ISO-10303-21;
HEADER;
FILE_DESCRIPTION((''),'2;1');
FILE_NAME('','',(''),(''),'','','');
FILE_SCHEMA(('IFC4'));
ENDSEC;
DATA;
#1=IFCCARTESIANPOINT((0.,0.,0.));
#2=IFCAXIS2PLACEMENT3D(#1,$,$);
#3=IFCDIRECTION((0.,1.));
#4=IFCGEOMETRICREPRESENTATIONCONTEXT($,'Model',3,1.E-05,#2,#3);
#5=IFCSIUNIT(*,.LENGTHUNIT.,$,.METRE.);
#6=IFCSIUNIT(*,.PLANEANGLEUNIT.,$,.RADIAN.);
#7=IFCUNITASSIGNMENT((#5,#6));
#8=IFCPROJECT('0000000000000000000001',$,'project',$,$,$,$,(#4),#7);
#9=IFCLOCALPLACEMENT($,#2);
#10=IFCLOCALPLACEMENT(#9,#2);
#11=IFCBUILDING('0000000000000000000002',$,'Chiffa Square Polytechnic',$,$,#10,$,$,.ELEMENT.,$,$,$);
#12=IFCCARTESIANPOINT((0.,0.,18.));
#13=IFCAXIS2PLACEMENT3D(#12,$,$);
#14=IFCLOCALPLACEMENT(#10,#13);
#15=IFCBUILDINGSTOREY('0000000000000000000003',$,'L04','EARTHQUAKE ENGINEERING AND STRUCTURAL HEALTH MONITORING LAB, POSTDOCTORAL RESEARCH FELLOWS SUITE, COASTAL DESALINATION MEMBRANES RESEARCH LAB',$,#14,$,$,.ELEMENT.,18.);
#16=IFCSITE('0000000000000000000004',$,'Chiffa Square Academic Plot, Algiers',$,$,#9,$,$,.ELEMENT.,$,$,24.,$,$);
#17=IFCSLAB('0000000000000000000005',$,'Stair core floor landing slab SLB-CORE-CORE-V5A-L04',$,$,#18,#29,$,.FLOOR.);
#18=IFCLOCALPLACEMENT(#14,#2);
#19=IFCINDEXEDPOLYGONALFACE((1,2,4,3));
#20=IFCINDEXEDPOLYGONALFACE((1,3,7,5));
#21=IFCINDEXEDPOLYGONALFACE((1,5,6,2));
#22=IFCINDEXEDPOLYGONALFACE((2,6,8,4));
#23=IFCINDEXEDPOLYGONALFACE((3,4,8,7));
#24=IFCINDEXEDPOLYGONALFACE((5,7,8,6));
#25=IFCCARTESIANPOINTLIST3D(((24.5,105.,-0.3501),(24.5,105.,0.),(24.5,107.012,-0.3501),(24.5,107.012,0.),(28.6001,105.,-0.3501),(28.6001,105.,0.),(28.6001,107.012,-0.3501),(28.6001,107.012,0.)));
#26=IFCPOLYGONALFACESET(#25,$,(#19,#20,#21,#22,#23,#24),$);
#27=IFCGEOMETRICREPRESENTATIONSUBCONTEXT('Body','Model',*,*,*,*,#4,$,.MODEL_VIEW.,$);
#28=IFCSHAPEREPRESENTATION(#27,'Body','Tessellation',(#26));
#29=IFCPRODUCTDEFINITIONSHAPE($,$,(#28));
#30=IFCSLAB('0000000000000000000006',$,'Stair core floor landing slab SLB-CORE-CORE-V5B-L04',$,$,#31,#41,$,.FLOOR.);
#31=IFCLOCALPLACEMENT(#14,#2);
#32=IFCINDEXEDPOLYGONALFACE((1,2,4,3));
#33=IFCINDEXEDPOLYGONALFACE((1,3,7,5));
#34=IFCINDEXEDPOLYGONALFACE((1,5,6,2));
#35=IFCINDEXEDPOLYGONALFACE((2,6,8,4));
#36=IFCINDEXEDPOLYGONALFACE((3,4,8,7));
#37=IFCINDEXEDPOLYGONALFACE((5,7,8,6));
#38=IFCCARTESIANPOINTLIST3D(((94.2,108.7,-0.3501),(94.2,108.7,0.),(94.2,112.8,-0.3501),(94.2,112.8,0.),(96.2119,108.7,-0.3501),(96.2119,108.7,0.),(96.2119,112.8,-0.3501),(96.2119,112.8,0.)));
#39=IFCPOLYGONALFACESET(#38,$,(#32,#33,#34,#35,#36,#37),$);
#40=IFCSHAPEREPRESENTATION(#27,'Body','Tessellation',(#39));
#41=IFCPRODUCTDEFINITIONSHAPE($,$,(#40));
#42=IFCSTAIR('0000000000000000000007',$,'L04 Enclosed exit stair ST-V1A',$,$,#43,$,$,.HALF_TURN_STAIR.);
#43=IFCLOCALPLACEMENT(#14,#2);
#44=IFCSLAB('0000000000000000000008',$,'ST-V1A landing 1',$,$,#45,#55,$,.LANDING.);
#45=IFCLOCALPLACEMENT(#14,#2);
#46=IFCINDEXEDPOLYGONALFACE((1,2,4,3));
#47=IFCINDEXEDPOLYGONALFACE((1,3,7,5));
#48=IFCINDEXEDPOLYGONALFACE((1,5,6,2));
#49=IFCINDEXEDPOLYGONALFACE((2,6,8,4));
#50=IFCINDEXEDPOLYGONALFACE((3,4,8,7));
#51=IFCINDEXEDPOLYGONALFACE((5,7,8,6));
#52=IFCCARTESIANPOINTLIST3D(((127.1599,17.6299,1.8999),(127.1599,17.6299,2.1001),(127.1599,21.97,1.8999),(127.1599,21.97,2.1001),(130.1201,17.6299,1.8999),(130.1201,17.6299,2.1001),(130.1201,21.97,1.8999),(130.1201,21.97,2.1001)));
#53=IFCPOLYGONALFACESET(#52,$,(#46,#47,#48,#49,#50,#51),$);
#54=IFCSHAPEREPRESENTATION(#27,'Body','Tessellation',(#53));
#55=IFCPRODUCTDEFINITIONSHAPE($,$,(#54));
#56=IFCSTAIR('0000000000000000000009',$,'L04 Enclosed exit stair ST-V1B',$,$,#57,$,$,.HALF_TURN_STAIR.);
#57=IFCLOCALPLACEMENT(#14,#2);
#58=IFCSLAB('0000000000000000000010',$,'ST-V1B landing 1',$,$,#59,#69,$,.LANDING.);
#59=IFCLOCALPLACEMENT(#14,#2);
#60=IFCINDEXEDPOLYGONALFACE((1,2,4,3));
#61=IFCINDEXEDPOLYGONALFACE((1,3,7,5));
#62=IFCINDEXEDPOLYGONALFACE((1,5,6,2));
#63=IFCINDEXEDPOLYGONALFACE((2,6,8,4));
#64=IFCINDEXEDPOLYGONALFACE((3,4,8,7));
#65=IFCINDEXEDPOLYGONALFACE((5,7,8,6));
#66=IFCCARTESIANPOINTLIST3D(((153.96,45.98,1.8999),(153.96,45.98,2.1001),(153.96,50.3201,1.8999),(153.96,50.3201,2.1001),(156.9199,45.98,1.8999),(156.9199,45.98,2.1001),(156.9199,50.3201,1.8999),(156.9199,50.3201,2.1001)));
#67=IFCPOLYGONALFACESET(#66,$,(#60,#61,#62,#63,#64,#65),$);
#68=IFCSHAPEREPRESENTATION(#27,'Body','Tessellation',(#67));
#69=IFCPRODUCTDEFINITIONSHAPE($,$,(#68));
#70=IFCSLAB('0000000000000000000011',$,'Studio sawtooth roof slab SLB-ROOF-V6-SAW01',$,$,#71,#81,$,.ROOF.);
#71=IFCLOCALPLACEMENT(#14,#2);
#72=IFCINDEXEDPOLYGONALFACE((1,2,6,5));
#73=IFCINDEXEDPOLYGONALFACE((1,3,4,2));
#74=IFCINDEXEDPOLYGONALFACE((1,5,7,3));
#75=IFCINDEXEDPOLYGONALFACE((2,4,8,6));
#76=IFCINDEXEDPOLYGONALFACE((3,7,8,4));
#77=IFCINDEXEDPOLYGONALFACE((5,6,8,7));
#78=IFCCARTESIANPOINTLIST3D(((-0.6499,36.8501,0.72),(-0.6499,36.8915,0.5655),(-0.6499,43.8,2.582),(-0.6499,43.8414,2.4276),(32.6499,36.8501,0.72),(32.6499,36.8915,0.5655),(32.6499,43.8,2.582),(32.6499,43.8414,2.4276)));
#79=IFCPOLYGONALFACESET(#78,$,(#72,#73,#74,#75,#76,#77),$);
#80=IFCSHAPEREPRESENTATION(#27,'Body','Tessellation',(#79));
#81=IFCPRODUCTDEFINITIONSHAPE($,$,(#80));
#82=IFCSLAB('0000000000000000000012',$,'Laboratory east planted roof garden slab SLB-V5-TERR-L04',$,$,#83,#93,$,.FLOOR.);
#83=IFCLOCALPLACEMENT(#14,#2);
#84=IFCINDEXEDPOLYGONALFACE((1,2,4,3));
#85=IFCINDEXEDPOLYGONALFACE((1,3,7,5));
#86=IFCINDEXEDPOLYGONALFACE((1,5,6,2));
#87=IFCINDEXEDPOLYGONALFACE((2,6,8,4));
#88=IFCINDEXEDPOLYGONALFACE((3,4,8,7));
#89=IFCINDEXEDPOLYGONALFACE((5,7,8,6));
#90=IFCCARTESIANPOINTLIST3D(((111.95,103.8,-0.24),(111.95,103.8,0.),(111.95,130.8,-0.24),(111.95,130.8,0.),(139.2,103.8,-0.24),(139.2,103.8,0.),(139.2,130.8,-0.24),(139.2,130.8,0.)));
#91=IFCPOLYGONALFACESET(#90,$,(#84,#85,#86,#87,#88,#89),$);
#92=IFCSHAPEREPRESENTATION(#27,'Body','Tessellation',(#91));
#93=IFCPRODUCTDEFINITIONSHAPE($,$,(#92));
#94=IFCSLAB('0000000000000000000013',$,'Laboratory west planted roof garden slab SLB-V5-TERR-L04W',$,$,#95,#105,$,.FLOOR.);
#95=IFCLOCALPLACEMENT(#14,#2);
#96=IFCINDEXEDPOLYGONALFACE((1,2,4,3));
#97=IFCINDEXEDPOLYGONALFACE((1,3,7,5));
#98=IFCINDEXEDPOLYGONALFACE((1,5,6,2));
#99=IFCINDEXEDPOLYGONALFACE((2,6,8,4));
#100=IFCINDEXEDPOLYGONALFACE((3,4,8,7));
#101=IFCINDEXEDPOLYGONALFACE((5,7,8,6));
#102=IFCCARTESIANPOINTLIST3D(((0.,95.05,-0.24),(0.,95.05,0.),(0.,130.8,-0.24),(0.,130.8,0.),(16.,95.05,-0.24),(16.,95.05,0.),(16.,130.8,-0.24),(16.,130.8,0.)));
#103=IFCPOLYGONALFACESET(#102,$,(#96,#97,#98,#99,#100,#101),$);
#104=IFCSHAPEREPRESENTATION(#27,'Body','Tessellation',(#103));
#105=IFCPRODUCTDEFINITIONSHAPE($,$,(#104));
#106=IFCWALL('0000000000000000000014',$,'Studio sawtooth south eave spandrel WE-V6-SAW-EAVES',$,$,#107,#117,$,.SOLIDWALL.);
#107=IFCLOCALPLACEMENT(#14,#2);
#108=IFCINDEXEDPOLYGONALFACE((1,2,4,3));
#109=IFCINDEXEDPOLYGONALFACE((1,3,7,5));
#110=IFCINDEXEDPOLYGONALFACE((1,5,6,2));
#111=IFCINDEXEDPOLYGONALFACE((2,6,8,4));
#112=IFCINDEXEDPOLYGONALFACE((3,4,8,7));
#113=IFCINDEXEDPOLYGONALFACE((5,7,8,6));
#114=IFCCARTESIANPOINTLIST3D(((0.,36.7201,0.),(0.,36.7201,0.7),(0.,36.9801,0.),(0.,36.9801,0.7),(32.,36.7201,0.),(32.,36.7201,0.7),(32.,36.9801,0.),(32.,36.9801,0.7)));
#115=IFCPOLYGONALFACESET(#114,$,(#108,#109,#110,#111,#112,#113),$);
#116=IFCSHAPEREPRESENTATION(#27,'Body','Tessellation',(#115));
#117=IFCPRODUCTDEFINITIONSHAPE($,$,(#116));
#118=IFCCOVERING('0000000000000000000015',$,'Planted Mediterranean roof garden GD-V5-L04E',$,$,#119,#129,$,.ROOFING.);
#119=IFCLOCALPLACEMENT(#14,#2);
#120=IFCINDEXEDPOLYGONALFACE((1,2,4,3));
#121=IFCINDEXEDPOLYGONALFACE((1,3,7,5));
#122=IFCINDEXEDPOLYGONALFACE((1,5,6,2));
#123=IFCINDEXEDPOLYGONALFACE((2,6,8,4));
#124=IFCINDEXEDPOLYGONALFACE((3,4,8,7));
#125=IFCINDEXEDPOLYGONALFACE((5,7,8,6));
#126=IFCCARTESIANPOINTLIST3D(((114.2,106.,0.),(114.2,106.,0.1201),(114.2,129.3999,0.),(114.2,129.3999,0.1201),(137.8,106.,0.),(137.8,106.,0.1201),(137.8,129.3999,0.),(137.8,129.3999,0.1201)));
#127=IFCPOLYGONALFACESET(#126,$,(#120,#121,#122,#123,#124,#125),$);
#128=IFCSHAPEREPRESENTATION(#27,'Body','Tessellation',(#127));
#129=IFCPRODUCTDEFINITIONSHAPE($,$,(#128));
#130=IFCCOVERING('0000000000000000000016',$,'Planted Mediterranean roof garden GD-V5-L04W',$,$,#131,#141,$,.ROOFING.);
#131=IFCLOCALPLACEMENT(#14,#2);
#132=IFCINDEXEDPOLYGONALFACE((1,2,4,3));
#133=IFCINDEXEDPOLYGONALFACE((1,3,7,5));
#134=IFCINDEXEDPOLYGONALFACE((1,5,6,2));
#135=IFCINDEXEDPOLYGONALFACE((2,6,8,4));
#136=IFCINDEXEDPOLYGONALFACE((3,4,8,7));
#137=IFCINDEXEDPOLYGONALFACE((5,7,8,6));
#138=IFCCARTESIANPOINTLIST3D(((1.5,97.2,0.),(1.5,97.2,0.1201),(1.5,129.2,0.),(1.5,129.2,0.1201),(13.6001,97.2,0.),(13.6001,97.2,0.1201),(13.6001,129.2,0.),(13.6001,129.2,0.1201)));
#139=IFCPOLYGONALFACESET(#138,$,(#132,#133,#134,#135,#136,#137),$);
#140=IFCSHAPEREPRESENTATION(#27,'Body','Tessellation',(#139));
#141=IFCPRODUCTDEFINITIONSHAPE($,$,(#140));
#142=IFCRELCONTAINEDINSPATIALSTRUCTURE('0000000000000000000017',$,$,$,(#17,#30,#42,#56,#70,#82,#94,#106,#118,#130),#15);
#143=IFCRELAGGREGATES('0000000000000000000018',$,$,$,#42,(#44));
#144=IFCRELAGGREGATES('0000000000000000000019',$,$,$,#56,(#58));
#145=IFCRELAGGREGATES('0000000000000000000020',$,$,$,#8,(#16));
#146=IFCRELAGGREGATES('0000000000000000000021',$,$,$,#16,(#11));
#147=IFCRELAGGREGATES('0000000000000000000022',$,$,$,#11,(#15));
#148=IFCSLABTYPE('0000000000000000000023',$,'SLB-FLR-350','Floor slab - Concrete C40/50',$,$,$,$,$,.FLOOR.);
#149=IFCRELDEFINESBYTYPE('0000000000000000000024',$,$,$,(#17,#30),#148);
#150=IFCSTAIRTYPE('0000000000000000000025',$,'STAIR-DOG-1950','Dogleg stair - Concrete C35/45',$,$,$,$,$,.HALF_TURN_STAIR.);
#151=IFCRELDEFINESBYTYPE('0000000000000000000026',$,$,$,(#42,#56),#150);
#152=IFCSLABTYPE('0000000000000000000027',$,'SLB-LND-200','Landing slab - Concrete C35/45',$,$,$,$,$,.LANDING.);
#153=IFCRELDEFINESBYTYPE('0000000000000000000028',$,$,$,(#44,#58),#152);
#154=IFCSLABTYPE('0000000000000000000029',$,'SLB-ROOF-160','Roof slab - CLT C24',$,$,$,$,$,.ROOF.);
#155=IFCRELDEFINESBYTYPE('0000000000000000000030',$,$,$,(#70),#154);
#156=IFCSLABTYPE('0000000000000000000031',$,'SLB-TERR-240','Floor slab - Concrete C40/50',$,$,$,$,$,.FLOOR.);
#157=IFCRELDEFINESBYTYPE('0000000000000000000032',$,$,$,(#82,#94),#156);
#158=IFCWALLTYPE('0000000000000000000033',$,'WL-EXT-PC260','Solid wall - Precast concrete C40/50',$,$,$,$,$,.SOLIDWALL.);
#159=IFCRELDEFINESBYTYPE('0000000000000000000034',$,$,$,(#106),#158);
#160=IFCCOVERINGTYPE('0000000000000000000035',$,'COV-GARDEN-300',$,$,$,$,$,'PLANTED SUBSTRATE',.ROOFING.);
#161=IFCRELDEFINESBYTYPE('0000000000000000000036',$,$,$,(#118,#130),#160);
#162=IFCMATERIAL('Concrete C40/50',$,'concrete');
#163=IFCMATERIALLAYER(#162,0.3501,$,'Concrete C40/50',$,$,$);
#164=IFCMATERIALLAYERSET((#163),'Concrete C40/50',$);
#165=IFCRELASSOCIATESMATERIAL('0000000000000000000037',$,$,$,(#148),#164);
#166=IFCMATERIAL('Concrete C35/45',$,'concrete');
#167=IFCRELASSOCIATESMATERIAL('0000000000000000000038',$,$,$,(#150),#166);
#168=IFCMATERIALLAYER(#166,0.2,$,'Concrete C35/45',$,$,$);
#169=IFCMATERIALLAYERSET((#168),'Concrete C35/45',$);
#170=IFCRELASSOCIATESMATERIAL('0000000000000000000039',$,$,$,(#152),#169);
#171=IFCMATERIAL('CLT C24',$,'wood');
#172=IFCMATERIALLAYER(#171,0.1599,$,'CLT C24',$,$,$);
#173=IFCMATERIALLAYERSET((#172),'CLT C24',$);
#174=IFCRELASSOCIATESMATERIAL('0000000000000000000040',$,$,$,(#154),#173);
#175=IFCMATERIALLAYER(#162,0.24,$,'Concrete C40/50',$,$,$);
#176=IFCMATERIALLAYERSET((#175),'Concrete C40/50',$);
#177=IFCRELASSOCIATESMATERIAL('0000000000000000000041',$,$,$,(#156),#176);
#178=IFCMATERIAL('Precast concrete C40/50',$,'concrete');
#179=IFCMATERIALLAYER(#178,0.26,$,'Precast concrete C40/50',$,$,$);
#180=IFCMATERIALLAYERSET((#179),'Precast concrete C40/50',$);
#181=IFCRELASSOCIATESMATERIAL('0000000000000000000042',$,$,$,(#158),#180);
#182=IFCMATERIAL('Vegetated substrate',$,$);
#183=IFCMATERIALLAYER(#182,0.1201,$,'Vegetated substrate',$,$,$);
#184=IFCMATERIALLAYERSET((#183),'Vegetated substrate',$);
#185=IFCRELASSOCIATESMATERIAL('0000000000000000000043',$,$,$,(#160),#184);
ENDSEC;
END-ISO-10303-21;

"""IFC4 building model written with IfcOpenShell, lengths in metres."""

from ifc_helpers import new_model, si_unit, direction, frame, frame_2d, origin, place, context, subcontext, project, spatial, polyline, rectangle, outline, extrude, material, layer, layer_set, type_object, element, aggregate, save


model = new_model("IFC4")

# Units and contexts
model_context = context("Model", 3, precision=1e-05, world=origin(), true_north=direction((0.0, 1.0)))
body_context = subcontext(model_context, "Body", "Model", "MODEL_VIEW")
ifc_project = project(units=[si_unit("LENGTHUNIT", "METRE"), si_unit("PLANEANGLEUNIT", "RADIAN")], contexts=[model_context])

# Site, building, storey
site_placement = place(None, origin())
site = spatial("IfcSite", under=ifc_project, at=site_placement, Name="Chiffa Square Academic Plot, Algiers", CompositionType="ELEMENT", RefElevation=24.0)
building_placement = place(site_placement, origin())
building = spatial("IfcBuilding", under=site, at=building_placement, Name="Chiffa Square Polytechnic", CompositionType="ELEMENT")
storey_placement = place(building_placement, frame((0.0, 0.0, 18.0)))
storey = spatial("IfcBuildingStorey", under=building, at=storey_placement, Name="L04", Description="EARTHQUAKE ENGINEERING AND STRUCTURAL HEALTH MONITORING LAB, POSTDOCTORAL RESEARCH FELLOWS SUITE, COASTAL DESALINATION MEMBRANES RESEARCH LAB", CompositionType="ELEMENT", Elevation=18.0)

# Slabs
ifc_material_1 = material(Name="Concrete C35/45", Category="concrete")
ifc_material_2 = material(Name="Concrete C40/50", Category="concrete")
ifc_layer_1 = layer(ifc_material_2, 0.3501, Name="Concrete C40/50")
ifc_layer_set_1 = layer_set([ifc_layer_1], Name="Concrete C40/50")
slab_type_1 = type_object("IfcSlabType", Name="SLB-FLR-350", Description="Floor slab - Concrete C40/50", PredefinedType="FLOOR", material=ifc_layer_set_1)
slab_1_placement = place(storey_placement, frame((0.0, 0.0, -0.3501)))
element("IfcSlab", 1, at=slab_1_placement, inside=storey, type_object=slab_type_1, Name="Stair core floor landing slab SLB-CORE-CORE-V5A-L04", PredefinedType="FLOOR", context=body_context, shape_type="SweptSolid", body=[
    extrude(outline(polyline([(28.6001, 105.0), (28.6001, 107.012), (24.5, 107.012), (24.5, 105.0), (28.6001, 105.0)])), origin(), (0.0, 0.0, 1.0), 0.3501),
])
slab_2_placement = place(storey_placement, frame((0.0, 0.0, -0.3501)))
element("IfcSlab", 2, at=slab_2_placement, inside=storey, type_object=slab_type_1, Name="Stair core floor landing slab SLB-CORE-CORE-V5B-L04", PredefinedType="FLOOR", context=body_context, shape_type="SweptSolid", body=[
    extrude(outline(polyline([(94.2, 108.7), (96.2119, 108.7), (96.2119, 112.8), (94.2, 112.8), (94.2, 108.7)])), origin(), (0.0, 0.0, 1.0), 0.3501),
])

# Stairs, slabs
stair_type = type_object("IfcStairType", Name="STAIR-DOG-1950", Description="Dogleg stair - Concrete C35/45", PredefinedType="HALF_TURN_STAIR", material=ifc_material_1)
stair_1_placement = place(storey_placement, origin())
stair_1 = element("IfcStair", 3, at=stair_1_placement, inside=storey, type_object=stair_type, Name="L04 Enclosed exit stair ST-V1A", PredefinedType="HALF_TURN_STAIR")
ifc_layer_2 = layer(ifc_material_1, 0.2, Name="Concrete C35/45")
ifc_layer_set_2 = layer_set([ifc_layer_2], Name="Concrete C35/45")
slab_type_2 = type_object("IfcSlabType", Name="SLB-LND-200", Description="Landing slab - Concrete C35/45", PredefinedType="LANDING", material=ifc_layer_set_2)
slab_3_placement = place(storey_placement, frame((0.0, 0.0, 1.8999)))
slab_3 = element("IfcSlab", 4, at=slab_3_placement, type_object=slab_type_2, Name="ST-V1A landing 1", PredefinedType="LANDING", context=body_context, shape_type="SweptSolid", body=[
    extrude(outline(polyline([(127.1599, 17.6299), (127.1599, 21.97), (130.1201, 21.97), (130.1201, 17.6299), (127.1599, 17.6299)])), origin(), (0.0, 0.0, 1.0), 0.2002),
])
aggregate(stair_1, [slab_3])
stair_2_placement = place(storey_placement, origin())
stair_2 = element("IfcStair", 5, at=stair_2_placement, inside=storey, type_object=stair_type, Name="L04 Enclosed exit stair ST-V1B", PredefinedType="HALF_TURN_STAIR")
slab_4_placement = place(storey_placement, frame((0.0, 0.0, 1.8999)))
slab_4 = element("IfcSlab", 6, at=slab_4_placement, type_object=slab_type_2, Name="ST-V1B landing 1", PredefinedType="LANDING", context=body_context, shape_type="SweptSolid", body=[
    extrude(outline(polyline([(153.96, 45.98), (153.96, 50.3201), (156.9199, 50.3201), (156.9199, 45.98), (153.96, 45.98)])), origin(), (0.0, 0.0, 1.0), 0.2002),
])
aggregate(stair_2, [slab_4])

# Slabs
ifc_material_3 = material(Name="CLT C24", Category="wood")
ifc_layer_3 = layer(ifc_material_3, 0.1599, Name="CLT C24")
ifc_layer_set_3 = layer_set([ifc_layer_3], Name="CLT C24")
slab_type_3 = type_object("IfcSlabType", Name="SLB-ROOF-160", Description="Roof slab - CLT C24", PredefinedType="ROOF", material=ifc_layer_set_3)
slab_5_placement = place(storey_placement, frame((-0.6499, 36.8501, 0.72), z_axis=(0.0, -0.258797, 0.965932), x_axis=(1.0, 0.0, 0.0)))
element("IfcSlab", 7, at=slab_5_placement, inside=storey, type_object=slab_type_3, Name="Studio sawtooth roof slab SLB-ROOF-V6-SAW01", PredefinedType="ROOF", context=body_context, shape_type="SweptSolid", body=[
    extrude(outline(polyline([(0.0, 0.0), (33.2998, 0.0), (33.2998, 7.1951), (0.0, 7.1951), (0.0, 0.0)])), origin(), (0.0, 0.0, -1.0), 0.1599),
])
ifc_layer_4 = layer(ifc_material_2, 0.24, Name="Concrete C40/50")
ifc_layer_set_4 = layer_set([ifc_layer_4], Name="Concrete C40/50")
slab_type_4 = type_object("IfcSlabType", Name="SLB-TERR-240", Description="Floor slab - Concrete C40/50", PredefinedType="FLOOR", material=ifc_layer_set_4)
slab_6_placement = place(storey_placement, frame((0.0, 0.0, -0.24)))
element("IfcSlab", 8, at=slab_6_placement, inside=storey, type_object=slab_type_4, Name="Laboratory east planted roof garden slab SLB-V5-TERR-L04", PredefinedType="FLOOR", context=body_context, shape_type="SweptSolid", body=[
    extrude(outline(polyline([(139.2, 130.8), (139.2, 103.8), (111.95, 103.8), (111.95, 130.8), (139.2, 130.8)])), origin(), (0.0, 0.0, 1.0), 0.24),
])
slab_7_placement = place(storey_placement, frame((0.0, 0.0, -0.24)))
element("IfcSlab", 9, at=slab_7_placement, inside=storey, type_object=slab_type_4, Name="Laboratory west planted roof garden slab SLB-V5-TERR-L04W", PredefinedType="FLOOR", context=body_context, shape_type="SweptSolid", body=[
    extrude(outline(polyline([(0.0, 95.05), (16.0, 95.05), (16.0, 130.8), (0.0, 130.8), (0.0, 95.05)])), origin(), (0.0, 0.0, 1.0), 0.24),
])

# Wall
ifc_material_4 = material(Name="Precast concrete C40/50", Category="concrete")
ifc_layer_5 = layer(ifc_material_4, 0.26, Name="Precast concrete C40/50")
ifc_layer_set_5 = layer_set([ifc_layer_5], Name="Precast concrete C40/50")
wall_type = type_object("IfcWallType", Name="WL-EXT-PC260", Description="Solid wall - Precast concrete C40/50", PredefinedType="SOLIDWALL", material=ifc_layer_set_5)
wall_placement = place(storey_placement, frame((0.0, 36.8501, 0.0), z_axis=(0.0, 0.0, 1.0), x_axis=(1.0, 0.0, 0.0)))
element("IfcWall", 10, at=wall_placement, inside=storey, type_object=wall_type, Name="Studio sawtooth south eave spandrel WE-V6-SAW-EAVES", PredefinedType="SOLIDWALL", context=body_context, shape_type="SweptSolid", body=[
    extrude(rectangle(XDim=32.0, YDim=0.26, at=frame_2d((16.0, 0.0))), origin(), (0.0, 0.0, 1.0), 0.7),
])

# Coverings
ifc_material_5 = material(Name="Vegetated substrate")
ifc_layer_6 = layer(ifc_material_5, 0.1201, Name="Vegetated substrate")
ifc_layer_set_6 = layer_set([ifc_layer_6], Name="Vegetated substrate")
covering_type = type_object("IfcCoveringType", Name="COV-GARDEN-300", ElementType="PLANTED SUBSTRATE", PredefinedType="ROOFING", material=ifc_layer_set_6)
covering_1_placement = place(storey_placement, origin())
element("IfcCovering", 11, at=covering_1_placement, inside=storey, type_object=covering_type, Name="Planted Mediterranean roof garden GD-V5-L04E", PredefinedType="ROOFING", context=body_context, shape_type="SweptSolid", body=[
    extrude(outline(polyline([(114.2, 106.0), (137.8, 106.0), (137.8, 129.3999), (114.2, 129.3999), (114.2, 106.0)])), origin(), (0.0, 0.0, 1.0), 0.1201),
])
covering_2_placement = place(storey_placement, origin())
element("IfcCovering", 12, at=covering_2_placement, inside=storey, type_object=covering_type, Name="Planted Mediterranean roof garden GD-V5-L04W", PredefinedType="ROOFING", context=body_context, shape_type="SweptSolid", body=[
    extrude(outline(polyline([(1.5, 97.2), (13.6001, 97.2), (13.6001, 129.2), (1.5, 129.2), (1.5, 97.2)])), origin(), (0.0, 0.0, 1.0), 0.1201),
])

save(model, "model.ifc")
